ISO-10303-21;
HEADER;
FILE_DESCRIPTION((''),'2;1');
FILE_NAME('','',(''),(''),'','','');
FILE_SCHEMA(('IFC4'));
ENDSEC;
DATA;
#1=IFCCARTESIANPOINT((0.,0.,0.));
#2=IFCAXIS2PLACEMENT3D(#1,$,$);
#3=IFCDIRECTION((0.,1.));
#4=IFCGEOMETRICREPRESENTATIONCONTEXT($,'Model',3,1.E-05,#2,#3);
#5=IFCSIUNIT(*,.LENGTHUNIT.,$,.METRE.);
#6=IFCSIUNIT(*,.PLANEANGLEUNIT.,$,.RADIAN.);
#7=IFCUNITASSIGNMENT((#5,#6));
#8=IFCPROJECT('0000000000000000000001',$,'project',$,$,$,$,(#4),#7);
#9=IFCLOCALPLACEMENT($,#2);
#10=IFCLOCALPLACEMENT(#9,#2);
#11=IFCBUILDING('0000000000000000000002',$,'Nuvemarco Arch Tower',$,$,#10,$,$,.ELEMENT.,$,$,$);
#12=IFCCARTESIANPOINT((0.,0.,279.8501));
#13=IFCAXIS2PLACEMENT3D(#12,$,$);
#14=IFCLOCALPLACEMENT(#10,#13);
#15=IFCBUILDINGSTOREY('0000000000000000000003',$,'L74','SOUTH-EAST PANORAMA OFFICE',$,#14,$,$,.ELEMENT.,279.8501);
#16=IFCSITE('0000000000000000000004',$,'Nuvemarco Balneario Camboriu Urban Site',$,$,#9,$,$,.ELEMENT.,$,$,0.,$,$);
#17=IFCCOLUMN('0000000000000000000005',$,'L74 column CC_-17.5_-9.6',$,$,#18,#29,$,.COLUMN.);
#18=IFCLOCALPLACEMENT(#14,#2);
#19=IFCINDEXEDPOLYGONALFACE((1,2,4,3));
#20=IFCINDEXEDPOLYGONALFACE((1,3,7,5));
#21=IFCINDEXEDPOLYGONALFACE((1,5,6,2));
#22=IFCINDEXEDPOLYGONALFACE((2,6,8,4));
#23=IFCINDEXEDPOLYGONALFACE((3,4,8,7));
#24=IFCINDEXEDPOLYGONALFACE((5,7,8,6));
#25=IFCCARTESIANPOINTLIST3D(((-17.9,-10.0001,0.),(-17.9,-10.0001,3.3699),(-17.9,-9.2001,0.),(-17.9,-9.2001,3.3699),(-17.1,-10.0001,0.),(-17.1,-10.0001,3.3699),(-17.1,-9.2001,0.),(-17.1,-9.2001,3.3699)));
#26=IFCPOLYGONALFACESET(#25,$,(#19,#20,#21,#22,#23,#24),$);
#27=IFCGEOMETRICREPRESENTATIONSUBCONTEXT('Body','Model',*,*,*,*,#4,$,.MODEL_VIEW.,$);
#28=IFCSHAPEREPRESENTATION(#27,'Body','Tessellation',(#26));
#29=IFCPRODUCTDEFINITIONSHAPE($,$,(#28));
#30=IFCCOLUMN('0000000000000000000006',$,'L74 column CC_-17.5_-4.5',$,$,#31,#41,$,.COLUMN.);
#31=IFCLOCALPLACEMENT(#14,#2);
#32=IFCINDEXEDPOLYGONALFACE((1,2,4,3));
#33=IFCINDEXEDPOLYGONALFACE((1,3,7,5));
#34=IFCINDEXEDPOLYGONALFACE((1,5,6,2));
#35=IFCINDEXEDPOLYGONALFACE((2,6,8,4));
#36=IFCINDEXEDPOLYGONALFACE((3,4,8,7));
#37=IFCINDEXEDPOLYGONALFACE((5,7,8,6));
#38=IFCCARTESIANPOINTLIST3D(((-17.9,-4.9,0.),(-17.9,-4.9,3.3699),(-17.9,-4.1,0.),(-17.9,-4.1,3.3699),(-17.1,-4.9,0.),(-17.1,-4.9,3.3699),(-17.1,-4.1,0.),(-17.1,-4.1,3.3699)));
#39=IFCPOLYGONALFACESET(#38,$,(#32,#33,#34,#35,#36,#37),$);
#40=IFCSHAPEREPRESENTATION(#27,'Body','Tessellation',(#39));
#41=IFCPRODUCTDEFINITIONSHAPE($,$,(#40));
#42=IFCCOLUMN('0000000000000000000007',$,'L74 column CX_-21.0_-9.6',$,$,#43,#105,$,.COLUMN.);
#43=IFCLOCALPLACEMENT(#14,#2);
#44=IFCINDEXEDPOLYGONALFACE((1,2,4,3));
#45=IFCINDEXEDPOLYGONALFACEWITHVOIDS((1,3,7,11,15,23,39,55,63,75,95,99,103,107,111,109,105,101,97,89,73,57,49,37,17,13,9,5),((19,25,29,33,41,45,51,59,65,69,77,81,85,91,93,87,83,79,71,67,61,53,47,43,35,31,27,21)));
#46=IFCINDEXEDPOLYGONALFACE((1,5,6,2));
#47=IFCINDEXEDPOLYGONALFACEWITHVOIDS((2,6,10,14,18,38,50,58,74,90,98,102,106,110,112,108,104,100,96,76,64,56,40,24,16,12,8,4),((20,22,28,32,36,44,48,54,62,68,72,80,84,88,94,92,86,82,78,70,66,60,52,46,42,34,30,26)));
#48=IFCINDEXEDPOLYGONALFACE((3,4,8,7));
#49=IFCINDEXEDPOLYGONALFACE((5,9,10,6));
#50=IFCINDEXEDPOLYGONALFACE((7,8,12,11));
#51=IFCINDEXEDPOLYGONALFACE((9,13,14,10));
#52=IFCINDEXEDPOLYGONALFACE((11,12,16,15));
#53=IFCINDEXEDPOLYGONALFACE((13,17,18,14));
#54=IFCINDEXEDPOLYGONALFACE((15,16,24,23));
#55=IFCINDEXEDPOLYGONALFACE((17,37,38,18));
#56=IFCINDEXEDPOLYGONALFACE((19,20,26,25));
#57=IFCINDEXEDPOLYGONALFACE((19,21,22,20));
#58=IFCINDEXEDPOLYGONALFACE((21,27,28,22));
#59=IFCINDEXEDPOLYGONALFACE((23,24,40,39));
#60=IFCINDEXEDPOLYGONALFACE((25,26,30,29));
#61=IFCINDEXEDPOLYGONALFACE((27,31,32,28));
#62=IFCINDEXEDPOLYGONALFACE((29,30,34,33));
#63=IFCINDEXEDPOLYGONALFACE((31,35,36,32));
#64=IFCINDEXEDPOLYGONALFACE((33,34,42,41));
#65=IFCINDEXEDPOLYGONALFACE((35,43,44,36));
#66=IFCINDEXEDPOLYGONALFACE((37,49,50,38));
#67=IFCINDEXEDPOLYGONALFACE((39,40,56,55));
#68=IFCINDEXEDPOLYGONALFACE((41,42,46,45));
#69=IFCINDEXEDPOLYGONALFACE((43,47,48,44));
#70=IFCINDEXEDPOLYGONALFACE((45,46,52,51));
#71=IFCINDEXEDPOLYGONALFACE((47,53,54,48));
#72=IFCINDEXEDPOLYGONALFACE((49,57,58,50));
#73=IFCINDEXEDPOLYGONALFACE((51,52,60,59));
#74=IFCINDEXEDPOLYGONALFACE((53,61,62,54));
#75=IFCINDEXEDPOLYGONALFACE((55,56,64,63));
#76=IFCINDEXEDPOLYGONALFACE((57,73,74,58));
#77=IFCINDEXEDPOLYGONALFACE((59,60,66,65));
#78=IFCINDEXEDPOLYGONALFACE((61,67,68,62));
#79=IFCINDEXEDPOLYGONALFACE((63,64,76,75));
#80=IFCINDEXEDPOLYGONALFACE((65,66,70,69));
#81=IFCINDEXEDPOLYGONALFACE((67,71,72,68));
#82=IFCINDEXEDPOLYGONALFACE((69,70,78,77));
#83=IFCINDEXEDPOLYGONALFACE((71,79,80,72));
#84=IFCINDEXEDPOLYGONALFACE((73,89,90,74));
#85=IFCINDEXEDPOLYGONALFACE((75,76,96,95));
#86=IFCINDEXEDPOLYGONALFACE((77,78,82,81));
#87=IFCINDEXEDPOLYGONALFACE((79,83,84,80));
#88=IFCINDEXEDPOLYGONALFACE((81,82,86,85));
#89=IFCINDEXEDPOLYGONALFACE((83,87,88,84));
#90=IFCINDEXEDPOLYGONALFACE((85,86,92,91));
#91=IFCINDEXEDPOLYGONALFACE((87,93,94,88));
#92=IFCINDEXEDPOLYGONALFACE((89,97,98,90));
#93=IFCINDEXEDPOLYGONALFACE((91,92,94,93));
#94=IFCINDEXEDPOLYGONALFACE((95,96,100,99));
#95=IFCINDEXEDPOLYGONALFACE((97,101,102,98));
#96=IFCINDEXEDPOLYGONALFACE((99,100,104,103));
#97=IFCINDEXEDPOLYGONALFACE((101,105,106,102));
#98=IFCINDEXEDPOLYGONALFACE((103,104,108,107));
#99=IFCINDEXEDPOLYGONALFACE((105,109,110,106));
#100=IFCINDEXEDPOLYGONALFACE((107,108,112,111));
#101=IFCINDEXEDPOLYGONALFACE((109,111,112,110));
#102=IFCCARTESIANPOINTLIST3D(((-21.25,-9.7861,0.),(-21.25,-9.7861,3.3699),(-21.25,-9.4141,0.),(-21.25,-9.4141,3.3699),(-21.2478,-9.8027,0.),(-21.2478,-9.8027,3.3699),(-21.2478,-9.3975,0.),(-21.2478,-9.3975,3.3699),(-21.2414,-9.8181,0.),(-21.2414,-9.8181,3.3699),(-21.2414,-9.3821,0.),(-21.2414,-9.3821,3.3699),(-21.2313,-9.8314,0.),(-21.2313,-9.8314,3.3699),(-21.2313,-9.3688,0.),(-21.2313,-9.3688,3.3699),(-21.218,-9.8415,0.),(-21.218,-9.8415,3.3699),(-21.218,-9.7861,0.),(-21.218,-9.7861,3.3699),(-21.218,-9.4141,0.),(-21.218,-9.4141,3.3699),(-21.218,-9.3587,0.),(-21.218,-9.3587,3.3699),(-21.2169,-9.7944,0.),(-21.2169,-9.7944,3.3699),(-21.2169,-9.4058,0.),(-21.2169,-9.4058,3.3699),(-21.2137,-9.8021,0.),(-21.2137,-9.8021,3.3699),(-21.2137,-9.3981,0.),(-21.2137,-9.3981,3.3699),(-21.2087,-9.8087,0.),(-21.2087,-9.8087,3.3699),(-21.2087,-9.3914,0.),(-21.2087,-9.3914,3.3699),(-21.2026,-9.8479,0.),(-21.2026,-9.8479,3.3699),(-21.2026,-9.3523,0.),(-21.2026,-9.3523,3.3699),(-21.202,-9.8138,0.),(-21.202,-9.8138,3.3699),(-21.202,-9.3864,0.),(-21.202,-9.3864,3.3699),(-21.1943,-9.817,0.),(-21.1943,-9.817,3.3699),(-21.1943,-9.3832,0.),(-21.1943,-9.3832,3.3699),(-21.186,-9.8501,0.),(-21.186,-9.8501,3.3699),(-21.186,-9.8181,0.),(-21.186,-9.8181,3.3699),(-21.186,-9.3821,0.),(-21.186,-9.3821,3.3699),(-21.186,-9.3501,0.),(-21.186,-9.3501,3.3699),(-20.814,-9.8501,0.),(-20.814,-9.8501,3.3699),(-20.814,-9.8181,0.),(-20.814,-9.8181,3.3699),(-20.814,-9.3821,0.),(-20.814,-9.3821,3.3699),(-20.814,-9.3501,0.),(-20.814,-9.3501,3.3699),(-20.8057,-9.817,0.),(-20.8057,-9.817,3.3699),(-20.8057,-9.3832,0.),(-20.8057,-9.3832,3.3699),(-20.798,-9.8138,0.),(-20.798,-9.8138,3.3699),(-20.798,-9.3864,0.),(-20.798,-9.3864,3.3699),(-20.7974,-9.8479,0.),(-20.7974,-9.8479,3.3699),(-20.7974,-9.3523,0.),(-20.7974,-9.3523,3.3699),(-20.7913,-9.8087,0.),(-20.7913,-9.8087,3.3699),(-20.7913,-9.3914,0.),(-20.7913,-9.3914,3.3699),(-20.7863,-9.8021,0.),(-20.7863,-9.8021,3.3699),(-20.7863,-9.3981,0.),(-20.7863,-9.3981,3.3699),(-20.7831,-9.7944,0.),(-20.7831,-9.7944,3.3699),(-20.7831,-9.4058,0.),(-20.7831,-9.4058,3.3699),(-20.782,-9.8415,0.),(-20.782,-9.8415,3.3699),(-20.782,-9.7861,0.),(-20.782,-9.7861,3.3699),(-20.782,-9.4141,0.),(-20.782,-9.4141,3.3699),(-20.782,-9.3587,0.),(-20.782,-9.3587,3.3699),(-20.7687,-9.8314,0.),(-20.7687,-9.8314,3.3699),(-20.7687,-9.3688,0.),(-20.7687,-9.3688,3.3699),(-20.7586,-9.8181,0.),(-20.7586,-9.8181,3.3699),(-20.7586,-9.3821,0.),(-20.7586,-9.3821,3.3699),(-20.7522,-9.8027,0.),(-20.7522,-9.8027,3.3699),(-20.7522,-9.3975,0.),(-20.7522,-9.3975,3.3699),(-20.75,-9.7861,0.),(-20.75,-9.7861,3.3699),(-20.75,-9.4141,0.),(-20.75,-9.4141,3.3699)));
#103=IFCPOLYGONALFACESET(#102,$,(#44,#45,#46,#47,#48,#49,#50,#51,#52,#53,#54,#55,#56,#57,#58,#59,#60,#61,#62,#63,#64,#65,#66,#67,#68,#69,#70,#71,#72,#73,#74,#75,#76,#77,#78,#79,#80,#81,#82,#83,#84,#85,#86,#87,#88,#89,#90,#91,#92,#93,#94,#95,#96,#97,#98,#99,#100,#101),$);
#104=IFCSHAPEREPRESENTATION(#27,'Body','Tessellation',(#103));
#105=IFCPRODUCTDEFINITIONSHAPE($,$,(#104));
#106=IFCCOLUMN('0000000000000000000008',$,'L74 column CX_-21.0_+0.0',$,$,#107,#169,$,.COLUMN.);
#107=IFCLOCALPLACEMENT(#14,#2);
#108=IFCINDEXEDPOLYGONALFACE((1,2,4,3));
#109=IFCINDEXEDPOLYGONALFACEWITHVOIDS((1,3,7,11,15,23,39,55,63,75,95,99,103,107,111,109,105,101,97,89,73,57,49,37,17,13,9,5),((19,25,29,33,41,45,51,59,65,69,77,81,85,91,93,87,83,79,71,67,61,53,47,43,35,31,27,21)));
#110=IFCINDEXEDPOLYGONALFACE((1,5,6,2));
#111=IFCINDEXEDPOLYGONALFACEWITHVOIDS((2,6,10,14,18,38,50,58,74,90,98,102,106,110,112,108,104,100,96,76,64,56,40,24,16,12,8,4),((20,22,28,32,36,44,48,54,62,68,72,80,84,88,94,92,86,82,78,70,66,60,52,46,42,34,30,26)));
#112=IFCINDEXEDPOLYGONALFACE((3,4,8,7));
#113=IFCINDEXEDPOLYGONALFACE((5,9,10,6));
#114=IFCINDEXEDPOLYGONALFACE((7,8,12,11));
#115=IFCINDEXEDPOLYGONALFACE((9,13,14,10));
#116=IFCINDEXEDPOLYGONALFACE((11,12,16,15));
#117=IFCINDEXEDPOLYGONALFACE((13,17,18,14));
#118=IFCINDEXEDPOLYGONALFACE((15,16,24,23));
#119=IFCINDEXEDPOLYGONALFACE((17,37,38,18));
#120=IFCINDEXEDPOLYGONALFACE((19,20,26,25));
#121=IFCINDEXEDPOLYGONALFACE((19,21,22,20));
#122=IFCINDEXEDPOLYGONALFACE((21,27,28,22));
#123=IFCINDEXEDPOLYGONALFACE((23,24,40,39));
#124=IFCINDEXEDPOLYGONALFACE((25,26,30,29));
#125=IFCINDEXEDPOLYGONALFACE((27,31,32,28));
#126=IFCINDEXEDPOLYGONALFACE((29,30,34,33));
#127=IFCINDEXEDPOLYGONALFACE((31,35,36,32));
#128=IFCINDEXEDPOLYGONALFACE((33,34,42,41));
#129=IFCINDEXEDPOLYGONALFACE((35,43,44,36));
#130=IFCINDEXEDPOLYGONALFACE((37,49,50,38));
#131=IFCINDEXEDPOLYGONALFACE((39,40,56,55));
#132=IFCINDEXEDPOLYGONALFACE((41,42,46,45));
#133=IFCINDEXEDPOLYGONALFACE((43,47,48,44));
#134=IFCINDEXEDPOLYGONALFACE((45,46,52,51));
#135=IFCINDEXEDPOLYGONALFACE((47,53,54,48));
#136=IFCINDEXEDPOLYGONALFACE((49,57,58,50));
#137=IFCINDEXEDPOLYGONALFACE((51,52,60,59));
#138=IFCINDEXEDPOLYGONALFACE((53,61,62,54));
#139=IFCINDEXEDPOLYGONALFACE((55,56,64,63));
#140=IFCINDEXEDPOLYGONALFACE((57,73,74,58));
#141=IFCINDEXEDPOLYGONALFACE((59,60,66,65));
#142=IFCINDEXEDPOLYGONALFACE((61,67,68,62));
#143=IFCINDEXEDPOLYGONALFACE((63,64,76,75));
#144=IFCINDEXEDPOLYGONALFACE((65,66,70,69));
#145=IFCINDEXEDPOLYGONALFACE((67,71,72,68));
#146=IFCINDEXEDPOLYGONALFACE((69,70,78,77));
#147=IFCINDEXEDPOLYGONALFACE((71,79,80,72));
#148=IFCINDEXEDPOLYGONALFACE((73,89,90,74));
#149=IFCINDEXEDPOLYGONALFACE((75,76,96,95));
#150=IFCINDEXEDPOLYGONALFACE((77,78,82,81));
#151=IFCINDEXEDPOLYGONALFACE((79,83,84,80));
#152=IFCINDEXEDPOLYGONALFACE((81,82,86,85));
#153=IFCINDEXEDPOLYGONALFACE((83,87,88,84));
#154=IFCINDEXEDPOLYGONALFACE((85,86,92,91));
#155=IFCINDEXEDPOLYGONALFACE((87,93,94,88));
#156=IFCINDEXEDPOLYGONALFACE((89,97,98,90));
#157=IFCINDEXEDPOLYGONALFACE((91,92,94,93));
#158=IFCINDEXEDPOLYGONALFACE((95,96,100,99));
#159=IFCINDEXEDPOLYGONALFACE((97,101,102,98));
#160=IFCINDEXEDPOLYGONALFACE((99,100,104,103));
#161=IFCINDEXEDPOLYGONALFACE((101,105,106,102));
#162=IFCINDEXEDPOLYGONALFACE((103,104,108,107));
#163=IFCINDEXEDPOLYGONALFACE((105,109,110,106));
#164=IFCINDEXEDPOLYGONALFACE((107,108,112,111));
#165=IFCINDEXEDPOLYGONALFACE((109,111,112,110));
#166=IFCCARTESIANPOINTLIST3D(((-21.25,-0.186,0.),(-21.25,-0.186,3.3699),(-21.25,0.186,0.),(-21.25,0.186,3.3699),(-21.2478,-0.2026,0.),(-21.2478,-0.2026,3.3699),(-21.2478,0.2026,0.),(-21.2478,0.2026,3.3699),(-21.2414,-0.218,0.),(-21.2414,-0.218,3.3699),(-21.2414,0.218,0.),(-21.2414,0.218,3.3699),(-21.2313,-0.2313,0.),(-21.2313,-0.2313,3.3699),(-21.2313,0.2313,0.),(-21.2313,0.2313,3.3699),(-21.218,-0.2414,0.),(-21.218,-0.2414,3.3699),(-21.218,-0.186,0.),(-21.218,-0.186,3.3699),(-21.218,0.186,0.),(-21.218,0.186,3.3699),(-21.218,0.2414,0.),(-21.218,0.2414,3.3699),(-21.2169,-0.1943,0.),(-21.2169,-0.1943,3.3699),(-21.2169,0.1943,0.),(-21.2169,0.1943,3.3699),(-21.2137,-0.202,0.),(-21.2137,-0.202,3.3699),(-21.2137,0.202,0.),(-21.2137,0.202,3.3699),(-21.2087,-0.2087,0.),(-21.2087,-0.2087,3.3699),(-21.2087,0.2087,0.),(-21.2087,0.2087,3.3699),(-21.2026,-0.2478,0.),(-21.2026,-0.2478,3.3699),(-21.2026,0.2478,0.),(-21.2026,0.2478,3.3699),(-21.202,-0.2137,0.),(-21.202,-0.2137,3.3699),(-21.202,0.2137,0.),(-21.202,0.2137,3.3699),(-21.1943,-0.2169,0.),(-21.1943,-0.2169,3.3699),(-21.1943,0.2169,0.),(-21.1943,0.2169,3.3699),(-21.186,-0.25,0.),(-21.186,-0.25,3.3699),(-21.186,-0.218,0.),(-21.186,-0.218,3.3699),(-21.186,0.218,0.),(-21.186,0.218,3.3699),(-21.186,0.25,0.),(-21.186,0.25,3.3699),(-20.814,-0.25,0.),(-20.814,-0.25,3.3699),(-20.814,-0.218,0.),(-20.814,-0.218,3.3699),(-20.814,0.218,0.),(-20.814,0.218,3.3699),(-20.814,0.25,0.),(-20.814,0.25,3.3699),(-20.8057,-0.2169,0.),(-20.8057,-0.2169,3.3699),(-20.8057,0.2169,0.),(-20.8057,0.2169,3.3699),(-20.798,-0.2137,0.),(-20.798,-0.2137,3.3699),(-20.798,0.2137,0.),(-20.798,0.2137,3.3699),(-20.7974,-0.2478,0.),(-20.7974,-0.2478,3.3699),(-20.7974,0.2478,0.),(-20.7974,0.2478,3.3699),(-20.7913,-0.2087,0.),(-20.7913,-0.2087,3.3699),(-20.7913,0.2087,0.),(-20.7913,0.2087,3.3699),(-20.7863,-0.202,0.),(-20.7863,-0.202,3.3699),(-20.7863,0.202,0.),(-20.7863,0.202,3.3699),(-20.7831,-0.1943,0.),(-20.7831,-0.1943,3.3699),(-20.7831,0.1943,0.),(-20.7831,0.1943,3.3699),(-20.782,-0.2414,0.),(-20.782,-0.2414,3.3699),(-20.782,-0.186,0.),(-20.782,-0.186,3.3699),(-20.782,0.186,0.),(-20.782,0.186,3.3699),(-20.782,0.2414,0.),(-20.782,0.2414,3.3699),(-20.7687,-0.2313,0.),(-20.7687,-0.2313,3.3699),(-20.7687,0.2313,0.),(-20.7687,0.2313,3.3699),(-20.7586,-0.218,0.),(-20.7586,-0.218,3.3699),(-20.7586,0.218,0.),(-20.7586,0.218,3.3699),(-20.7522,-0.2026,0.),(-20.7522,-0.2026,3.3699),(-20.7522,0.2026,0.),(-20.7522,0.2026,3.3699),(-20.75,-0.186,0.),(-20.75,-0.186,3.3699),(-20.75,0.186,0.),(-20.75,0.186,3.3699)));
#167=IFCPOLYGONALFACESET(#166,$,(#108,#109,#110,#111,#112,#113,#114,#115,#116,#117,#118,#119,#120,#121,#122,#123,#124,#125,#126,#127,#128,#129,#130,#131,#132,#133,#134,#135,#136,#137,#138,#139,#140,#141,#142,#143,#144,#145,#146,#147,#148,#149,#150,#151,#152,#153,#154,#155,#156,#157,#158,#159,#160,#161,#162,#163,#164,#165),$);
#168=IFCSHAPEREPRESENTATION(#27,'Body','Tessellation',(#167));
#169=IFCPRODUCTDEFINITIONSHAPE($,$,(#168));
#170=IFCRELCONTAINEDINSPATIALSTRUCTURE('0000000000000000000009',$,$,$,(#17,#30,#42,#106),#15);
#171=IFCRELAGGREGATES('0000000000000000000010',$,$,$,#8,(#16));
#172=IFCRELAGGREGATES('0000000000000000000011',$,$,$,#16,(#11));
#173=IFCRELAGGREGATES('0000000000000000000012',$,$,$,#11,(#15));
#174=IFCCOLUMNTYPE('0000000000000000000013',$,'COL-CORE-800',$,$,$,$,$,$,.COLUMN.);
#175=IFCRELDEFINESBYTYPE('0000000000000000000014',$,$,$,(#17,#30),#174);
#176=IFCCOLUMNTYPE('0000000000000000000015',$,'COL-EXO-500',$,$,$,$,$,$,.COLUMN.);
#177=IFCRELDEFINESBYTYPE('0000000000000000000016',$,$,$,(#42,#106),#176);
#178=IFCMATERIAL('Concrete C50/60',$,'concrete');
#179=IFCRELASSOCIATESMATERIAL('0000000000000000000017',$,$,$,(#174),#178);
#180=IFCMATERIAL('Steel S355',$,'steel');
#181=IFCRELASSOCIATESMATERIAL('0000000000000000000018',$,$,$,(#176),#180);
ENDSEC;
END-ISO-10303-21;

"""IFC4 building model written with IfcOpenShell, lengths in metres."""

from ifc_helpers import new_model, si_unit, direction, frame, origin, origin_2d, place, context, subcontext, project, spatial, rectangle, hollow_rectangle, extrude, material, material_profile, profile_set, type_object, element, save


model = new_model("IFC4")

# Units and contexts
model_context = context("Model", 3, precision=1e-05, world=origin(), true_north=direction((0.0, 1.0)))
body_context = subcontext(model_context, "Body", "Model", "MODEL_VIEW")
ifc_project = project(units=[si_unit("LENGTHUNIT", "METRE"), si_unit("PLANEANGLEUNIT", "RADIAN")], contexts=[model_context])

# Site, building, storey
site_placement = place(None, origin())
site = spatial("IfcSite", under=ifc_project, at=site_placement, Name="Nuvemarco Balneario Camboriu Urban Site", CompositionType="ELEMENT", RefElevation=0.0)
building_placement = place(site_placement, origin())
building = spatial("IfcBuilding", under=site, at=building_placement, Name="Nuvemarco Arch Tower", CompositionType="ELEMENT")
storey_placement = place(building_placement, frame((0.0, 0.0, 279.8501)))
storey = spatial("IfcBuildingStorey", under=building, at=storey_placement, Name="L74", Description="SOUTH-EAST PANORAMA OFFICE", CompositionType="ELEMENT", Elevation=279.8501)

# Columns
ifc_material_1 = material(Name="Concrete C50/60", Category="concrete")
ifc_material_profile_1 = material_profile(ifc_material_1, rectangle(XDim=0.8, YDim=0.8, at=origin_2d()), Name="RC-COL-800x800")
ifc_profile_set_1 = profile_set([ifc_material_profile_1], Name="Concrete C50/60")
column_type_1 = type_object("IfcColumnType", Name="COL-CORE-800", PredefinedType="COLUMN", material=ifc_profile_set_1)
for number, where, z_axis, x_axis, name in (
    (1, (-17.5, -9.6001, 0.0), (0.0, 0.0, 1.0), (1.0, 0.0, 0.0), "L74 column CC_-17.5_-9.6"),
    (2, (-17.5, -4.5, 0.0), (0.0, 0.0, 1.0), (1.0, 0.0, 0.0), "L74 column CC_-17.5_-4.5"),
):
    element("IfcColumn", number, at=place(storey_placement, frame(where, z_axis=z_axis, x_axis=x_axis)), inside=storey, type_object=column_type_1, Name=name, PredefinedType="COLUMN", context=body_context, shape_type="SweptSolid", body=[
        extrude(rectangle(XDim=0.8, YDim=0.8, at=origin_2d()), origin(), (0.0, 0.0, 1.0), 3.3699),
    ])
ifc_material_2 = material(Name="Steel S355", Category="steel")
ifc_material_profile_2 = material_profile(ifc_material_2, hollow_rectangle(XDim=0.5, YDim=0.5, WallThickness=0.032, InnerFilletRadius=0.032, OuterFilletRadius=0.064, at=origin_2d()), Name="SHS500x500x32")
ifc_profile_set_2 = profile_set([ifc_material_profile_2], Name="Steel S355")
column_type_2 = type_object("IfcColumnType", Name="COL-EXO-500", PredefinedType="COLUMN", material=ifc_profile_set_2)
for number, where, z_axis, x_axis, name in (
    (3, (-21.0, -9.6001, 0.0), (0.0, 0.0, 1.0), (1.0, 0.0, 0.0), "L74 column CX_-21.0_-9.6"),
    (4, (-21.0, 0.0, 0.0), (0.0, 0.0, 1.0), (1.0, 0.0, 0.0), "L74 column CX_-21.0_+0.0"),
):
    element("IfcColumn", number, at=place(storey_placement, frame(where, z_axis=z_axis, x_axis=x_axis)), inside=storey, type_object=column_type_2, Name=name, PredefinedType="COLUMN", context=body_context, shape_type="SweptSolid", body=[
        extrude(hollow_rectangle(XDim=0.5, YDim=0.5, WallThickness=0.032, InnerFilletRadius=0.032, OuterFilletRadius=0.064, at=origin_2d()), origin(), (0.0, 0.0, 1.0), 3.3699),
    ])

save(model, "model.ifc")
